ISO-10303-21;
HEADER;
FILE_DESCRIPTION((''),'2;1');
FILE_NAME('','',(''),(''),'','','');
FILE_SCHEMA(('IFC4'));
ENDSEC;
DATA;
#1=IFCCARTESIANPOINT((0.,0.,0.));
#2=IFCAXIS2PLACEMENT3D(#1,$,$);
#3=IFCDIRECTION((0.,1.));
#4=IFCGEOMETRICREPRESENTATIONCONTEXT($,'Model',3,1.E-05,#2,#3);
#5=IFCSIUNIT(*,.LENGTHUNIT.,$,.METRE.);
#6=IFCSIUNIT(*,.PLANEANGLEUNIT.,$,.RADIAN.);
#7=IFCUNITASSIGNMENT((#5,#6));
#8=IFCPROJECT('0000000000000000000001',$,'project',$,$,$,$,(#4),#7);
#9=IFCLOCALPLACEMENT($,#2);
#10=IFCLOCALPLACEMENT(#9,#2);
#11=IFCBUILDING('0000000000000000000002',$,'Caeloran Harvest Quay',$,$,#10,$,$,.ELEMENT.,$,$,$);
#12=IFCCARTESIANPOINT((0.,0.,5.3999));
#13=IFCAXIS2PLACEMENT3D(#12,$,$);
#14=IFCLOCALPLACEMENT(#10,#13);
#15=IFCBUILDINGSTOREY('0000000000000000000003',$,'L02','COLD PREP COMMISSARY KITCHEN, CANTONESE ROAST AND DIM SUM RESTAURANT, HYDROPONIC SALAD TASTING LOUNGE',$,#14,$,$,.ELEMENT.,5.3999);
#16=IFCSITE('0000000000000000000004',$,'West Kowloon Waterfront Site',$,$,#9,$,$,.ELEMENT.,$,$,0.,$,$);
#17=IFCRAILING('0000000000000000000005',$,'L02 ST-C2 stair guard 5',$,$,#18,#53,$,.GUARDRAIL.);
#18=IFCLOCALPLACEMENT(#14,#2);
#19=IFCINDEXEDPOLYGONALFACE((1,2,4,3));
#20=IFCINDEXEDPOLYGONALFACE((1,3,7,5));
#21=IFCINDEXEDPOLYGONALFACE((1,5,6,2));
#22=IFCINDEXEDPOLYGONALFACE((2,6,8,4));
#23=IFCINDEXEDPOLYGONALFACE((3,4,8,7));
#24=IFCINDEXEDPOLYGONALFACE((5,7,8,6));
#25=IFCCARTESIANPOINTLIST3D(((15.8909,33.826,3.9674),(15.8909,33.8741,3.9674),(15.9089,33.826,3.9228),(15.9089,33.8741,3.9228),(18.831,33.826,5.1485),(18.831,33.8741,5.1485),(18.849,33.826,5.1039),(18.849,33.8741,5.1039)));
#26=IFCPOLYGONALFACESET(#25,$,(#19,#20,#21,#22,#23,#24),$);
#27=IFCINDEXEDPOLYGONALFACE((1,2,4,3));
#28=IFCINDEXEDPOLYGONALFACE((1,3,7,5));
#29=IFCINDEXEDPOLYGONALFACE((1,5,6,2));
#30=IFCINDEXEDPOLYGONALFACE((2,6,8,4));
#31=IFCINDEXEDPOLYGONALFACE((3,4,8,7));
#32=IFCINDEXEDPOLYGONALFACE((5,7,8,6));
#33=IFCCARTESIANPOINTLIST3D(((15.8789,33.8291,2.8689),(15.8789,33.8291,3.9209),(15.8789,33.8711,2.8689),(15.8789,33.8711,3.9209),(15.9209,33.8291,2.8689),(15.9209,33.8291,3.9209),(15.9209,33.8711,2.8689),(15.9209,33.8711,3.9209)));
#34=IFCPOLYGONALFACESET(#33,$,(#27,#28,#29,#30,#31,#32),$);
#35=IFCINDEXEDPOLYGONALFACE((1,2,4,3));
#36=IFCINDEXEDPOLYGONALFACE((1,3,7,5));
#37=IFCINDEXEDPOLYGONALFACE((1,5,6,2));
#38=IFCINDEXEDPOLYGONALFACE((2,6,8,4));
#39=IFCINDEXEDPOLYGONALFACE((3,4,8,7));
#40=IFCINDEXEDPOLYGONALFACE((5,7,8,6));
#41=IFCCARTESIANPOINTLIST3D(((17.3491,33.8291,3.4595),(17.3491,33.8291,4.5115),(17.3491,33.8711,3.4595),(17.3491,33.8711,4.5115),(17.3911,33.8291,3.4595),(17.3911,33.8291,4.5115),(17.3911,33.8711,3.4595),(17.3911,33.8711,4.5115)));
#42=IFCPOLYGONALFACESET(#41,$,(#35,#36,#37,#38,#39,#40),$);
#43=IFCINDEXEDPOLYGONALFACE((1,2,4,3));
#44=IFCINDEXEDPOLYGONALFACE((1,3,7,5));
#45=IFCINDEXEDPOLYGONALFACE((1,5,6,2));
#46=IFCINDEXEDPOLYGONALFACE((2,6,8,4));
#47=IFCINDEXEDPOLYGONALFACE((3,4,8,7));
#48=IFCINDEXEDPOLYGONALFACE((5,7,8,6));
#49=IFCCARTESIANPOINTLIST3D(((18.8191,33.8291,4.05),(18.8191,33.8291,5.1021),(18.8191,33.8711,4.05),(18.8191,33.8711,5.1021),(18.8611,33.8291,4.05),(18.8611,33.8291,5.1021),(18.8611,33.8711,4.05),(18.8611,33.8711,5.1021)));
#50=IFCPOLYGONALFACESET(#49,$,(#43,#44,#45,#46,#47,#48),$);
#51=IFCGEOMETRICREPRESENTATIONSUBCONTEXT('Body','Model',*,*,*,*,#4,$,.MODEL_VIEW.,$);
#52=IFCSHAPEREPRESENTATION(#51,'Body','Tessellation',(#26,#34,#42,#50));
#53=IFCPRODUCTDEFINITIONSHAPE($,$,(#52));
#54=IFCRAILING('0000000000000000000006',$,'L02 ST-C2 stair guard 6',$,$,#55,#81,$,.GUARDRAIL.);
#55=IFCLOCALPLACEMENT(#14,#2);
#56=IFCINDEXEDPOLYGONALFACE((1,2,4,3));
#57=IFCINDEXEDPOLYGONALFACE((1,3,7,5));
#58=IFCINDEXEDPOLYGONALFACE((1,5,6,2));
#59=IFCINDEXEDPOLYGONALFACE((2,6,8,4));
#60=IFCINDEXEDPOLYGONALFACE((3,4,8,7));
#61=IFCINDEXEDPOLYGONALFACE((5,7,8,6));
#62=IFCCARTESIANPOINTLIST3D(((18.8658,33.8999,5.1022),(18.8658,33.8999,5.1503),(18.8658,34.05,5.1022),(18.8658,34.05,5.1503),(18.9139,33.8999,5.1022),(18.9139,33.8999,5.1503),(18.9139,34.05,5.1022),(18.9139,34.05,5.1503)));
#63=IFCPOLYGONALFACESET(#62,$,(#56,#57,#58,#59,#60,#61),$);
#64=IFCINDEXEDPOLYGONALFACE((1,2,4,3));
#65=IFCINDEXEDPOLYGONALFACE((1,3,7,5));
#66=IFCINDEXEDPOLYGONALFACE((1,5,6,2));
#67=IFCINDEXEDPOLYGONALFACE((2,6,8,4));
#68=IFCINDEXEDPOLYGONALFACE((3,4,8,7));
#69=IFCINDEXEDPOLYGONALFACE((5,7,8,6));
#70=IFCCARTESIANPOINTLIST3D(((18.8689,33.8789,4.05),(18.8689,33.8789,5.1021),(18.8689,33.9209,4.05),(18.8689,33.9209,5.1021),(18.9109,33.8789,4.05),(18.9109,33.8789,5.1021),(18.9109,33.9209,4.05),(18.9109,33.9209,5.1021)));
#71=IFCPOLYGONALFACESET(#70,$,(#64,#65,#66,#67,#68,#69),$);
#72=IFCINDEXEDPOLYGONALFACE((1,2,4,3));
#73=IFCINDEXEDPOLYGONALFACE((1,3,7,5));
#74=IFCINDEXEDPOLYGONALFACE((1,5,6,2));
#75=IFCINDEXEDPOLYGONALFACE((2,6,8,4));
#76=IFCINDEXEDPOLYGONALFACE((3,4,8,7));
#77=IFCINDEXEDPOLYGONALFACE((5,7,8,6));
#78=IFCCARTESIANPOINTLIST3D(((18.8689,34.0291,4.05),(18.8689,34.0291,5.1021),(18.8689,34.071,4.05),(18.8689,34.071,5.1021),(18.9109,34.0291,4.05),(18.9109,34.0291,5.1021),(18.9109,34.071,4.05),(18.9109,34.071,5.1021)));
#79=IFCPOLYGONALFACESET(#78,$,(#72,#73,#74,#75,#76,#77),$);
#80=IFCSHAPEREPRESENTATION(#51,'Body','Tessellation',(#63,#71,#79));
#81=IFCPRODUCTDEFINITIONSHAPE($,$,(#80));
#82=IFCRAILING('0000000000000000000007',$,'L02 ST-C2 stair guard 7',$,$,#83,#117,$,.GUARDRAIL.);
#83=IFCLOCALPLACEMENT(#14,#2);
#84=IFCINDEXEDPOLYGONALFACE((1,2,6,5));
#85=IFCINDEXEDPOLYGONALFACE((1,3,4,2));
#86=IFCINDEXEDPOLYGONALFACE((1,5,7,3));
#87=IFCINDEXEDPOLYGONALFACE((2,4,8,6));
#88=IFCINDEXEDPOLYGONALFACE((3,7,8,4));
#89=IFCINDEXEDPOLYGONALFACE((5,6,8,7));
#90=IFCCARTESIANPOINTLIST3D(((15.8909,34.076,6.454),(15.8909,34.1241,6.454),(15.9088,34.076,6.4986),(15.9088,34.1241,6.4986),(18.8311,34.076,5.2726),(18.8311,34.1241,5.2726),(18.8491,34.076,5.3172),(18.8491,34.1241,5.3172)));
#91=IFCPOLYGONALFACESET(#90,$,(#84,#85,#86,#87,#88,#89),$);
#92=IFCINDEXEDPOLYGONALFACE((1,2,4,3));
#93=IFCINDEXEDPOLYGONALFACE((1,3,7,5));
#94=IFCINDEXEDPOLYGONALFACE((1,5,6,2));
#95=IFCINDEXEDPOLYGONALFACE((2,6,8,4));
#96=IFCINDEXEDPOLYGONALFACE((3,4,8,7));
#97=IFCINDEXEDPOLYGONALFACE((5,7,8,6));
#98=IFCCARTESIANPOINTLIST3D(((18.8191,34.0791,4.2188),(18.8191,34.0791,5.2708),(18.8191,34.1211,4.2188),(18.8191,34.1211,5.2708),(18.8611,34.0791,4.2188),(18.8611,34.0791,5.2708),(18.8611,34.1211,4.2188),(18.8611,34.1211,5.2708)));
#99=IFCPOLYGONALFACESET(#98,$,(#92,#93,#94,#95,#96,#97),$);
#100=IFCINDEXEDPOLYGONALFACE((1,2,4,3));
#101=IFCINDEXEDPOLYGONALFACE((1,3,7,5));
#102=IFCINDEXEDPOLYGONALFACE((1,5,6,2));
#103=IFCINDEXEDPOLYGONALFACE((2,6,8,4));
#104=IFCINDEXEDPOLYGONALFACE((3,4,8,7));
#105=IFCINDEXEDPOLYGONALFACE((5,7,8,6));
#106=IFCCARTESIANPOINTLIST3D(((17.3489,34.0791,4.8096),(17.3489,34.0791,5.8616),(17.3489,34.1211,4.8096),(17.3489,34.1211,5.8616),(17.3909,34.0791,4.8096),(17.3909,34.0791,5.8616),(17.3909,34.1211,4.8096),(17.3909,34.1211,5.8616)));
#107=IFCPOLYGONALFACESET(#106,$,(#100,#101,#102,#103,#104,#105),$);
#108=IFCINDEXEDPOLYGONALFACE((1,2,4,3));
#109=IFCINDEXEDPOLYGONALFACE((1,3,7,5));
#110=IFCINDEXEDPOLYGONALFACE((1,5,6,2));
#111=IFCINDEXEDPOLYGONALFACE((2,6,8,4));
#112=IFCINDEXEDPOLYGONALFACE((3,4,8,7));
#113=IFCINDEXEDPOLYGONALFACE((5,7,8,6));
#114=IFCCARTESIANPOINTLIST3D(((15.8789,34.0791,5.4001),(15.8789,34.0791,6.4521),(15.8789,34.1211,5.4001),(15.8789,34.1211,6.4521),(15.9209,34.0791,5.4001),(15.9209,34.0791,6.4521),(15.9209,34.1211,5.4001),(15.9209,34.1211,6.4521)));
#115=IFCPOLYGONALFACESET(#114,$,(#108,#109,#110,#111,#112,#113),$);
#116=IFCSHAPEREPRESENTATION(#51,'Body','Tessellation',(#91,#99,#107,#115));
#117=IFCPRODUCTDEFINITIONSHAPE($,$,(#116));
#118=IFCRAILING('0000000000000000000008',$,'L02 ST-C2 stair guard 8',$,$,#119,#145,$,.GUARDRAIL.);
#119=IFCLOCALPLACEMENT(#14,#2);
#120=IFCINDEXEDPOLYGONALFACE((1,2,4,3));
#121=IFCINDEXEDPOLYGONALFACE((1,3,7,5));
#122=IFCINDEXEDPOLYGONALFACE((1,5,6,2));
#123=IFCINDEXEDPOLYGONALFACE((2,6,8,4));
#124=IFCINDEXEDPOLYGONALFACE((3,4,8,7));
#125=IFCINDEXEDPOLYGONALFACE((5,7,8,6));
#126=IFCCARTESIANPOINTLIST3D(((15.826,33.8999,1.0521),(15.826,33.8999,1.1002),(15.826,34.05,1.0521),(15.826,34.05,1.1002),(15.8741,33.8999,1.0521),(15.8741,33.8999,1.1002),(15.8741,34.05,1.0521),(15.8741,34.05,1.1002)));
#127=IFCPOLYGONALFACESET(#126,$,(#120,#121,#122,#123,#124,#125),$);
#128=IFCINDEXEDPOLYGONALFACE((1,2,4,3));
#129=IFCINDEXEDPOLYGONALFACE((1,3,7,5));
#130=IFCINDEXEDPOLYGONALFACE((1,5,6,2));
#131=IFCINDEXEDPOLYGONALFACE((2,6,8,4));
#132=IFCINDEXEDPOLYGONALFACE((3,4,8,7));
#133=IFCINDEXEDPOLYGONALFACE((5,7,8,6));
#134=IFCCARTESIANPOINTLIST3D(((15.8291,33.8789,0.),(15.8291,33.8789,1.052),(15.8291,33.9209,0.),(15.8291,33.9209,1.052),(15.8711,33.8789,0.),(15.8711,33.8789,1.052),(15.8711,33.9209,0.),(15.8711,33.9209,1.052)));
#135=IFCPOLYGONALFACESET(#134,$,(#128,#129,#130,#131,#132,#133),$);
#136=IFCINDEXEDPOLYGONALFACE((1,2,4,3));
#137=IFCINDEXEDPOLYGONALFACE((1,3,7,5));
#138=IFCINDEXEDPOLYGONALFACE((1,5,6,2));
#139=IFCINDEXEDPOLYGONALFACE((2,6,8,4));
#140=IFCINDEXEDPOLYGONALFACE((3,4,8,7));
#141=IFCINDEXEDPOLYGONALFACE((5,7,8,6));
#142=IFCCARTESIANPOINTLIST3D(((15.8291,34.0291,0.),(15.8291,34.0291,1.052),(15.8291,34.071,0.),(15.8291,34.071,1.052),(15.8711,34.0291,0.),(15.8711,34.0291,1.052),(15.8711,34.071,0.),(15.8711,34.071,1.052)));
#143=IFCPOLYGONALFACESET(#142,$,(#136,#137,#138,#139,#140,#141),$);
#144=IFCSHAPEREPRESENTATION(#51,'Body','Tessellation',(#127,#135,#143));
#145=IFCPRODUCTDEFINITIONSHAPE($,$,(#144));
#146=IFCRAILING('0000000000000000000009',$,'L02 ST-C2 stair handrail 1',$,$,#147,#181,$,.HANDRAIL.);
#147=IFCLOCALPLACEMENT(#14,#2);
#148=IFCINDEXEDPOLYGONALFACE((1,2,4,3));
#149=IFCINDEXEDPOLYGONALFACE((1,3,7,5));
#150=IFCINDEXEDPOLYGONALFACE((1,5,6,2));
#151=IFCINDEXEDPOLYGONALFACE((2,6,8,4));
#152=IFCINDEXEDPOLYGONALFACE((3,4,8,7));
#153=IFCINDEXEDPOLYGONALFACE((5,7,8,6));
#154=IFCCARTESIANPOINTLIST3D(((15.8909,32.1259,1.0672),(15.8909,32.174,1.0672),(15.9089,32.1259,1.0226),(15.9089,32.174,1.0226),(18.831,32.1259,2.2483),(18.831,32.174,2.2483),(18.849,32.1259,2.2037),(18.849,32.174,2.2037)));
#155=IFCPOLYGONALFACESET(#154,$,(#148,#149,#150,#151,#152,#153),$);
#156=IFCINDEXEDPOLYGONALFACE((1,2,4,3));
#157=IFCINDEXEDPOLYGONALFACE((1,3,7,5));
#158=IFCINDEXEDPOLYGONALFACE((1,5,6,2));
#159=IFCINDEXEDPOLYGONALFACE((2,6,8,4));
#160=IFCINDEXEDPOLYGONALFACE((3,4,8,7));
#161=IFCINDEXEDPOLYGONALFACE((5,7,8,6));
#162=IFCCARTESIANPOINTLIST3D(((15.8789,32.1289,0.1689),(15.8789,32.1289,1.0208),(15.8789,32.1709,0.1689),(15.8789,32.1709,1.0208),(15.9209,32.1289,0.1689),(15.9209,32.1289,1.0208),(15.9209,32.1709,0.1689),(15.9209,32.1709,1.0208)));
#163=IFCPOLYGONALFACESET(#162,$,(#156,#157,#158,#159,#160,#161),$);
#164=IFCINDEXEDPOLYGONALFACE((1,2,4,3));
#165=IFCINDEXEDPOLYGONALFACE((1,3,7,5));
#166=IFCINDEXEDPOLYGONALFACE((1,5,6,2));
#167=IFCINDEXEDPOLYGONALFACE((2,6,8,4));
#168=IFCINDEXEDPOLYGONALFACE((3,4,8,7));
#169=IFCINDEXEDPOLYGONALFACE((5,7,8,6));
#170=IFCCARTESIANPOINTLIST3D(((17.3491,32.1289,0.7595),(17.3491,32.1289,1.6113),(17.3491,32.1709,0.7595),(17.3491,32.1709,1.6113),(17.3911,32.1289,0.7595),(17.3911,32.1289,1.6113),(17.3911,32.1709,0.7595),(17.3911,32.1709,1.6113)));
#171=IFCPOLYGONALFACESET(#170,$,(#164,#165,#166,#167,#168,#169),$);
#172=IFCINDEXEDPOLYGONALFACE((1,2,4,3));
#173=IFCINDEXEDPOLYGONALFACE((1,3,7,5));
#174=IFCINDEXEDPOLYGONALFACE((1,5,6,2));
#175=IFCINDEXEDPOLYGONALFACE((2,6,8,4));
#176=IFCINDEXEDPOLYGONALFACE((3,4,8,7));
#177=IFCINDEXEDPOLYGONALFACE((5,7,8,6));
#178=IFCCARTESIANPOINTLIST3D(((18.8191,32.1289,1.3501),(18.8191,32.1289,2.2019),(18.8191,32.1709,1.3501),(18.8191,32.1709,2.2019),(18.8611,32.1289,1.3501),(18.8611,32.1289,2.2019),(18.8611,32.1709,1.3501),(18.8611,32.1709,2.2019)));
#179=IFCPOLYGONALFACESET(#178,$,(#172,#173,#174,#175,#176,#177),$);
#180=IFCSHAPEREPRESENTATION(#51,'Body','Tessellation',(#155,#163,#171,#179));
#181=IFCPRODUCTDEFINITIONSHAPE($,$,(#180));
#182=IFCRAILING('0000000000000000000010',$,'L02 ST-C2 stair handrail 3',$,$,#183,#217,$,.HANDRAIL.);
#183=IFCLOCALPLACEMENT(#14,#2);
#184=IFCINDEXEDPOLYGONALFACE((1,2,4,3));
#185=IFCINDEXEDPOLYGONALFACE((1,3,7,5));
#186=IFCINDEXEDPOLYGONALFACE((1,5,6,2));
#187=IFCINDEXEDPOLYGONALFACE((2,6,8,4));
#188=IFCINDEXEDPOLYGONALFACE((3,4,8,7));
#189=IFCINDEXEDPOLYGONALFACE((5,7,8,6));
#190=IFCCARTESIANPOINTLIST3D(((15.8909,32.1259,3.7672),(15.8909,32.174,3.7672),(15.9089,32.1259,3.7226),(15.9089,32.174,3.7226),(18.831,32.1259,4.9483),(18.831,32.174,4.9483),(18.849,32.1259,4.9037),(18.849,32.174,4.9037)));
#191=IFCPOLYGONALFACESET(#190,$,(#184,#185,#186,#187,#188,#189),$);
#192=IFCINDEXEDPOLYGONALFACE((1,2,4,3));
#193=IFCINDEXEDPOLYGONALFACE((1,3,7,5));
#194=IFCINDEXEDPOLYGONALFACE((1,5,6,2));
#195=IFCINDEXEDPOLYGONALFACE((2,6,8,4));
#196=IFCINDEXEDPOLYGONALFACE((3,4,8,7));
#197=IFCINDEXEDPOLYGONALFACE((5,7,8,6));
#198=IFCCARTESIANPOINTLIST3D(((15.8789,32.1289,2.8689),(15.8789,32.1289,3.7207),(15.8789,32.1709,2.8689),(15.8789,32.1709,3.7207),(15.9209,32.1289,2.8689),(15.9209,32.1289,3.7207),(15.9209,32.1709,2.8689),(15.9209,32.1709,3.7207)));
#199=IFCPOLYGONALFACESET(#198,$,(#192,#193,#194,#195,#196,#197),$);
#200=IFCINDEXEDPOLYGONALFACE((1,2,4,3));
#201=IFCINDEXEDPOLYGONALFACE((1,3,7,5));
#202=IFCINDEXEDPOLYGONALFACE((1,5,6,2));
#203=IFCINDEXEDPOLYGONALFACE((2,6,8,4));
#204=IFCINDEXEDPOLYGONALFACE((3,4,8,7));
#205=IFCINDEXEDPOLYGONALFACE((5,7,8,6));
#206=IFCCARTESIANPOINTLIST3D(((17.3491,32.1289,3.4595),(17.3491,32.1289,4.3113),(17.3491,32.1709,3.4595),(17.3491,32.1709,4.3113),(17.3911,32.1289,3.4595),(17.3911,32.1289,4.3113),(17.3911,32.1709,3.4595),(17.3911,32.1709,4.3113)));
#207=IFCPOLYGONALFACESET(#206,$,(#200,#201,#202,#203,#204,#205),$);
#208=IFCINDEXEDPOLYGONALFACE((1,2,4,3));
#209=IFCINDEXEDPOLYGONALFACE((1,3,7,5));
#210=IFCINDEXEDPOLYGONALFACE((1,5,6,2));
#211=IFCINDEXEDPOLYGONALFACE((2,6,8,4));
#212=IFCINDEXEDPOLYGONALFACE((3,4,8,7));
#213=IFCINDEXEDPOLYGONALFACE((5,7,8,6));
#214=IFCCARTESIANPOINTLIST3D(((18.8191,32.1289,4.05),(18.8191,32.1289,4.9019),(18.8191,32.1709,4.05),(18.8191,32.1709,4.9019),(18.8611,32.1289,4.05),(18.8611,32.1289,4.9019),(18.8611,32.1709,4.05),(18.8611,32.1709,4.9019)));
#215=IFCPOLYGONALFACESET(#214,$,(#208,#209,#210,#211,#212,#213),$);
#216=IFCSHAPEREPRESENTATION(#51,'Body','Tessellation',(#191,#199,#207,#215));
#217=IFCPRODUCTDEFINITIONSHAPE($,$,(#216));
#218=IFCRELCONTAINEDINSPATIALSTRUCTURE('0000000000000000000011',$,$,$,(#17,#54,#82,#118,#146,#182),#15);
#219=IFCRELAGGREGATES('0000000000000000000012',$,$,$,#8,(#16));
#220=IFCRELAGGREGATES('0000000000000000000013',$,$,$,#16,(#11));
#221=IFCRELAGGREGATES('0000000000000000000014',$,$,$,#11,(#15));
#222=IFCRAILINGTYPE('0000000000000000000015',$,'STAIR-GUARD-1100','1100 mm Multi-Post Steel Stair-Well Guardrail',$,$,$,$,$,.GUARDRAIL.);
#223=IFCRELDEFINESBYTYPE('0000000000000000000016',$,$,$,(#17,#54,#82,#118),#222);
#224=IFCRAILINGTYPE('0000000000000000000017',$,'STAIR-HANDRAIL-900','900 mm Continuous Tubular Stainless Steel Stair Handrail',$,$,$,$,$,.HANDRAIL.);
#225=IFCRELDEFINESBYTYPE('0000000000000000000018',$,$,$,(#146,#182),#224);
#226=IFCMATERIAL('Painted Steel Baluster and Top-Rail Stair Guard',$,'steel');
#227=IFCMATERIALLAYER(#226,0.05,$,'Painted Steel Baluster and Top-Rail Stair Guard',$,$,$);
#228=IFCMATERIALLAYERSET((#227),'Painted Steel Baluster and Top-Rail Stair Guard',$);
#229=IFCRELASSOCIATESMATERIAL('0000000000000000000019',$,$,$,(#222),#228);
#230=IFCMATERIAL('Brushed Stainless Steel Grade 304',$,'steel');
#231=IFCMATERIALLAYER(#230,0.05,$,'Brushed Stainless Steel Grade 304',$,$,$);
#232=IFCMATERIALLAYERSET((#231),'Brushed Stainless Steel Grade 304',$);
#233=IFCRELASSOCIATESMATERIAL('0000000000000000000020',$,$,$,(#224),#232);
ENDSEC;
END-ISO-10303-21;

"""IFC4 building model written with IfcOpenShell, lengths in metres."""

from ifc_helpers import new_model, si_unit, direction, frame, origin, origin_2d, place, context, subcontext, project, spatial, rectangle, extrude, material, layer, layer_set, type_object, element, save


model = new_model("IFC4")

# Units and contexts
model_context = context("Model", 3, precision=1e-05, world=origin(), true_north=direction((0.0, 1.0)))
body_context = subcontext(model_context, "Body", "Model", "MODEL_VIEW")
ifc_project = project(units=[si_unit("LENGTHUNIT", "METRE"), si_unit("PLANEANGLEUNIT", "RADIAN")], contexts=[model_context])

# Site, building, storey
site_placement = place(None, origin())
site = spatial("IfcSite", under=ifc_project, at=site_placement, Name="West Kowloon Waterfront Site", CompositionType="ELEMENT", RefElevation=0.0)
building_placement = place(site_placement, origin())
building = spatial("IfcBuilding", under=site, at=building_placement, Name="Caeloran Harvest Quay", CompositionType="ELEMENT")
storey_placement = place(building_placement, frame((0.0, 0.0, 5.3999)))
storey = spatial("IfcBuildingStorey", under=building, at=storey_placement, Name="L02", Description="COLD PREP COMMISSARY KITCHEN, CANTONESE ROAST AND DIM SUM RESTAURANT, HYDROPONIC SALAD TASTING LOUNGE", CompositionType="ELEMENT", Elevation=5.3999)

# Railings
ifc_material_1 = material(Name="Painted Steel Baluster and Top-Rail Stair Guard", Category="steel")
ifc_layer_1 = layer(ifc_material_1, 0.05, Name="Painted Steel Baluster and Top-Rail Stair Guard")
ifc_layer_set_1 = layer_set([ifc_layer_1], Name="Painted Steel Baluster and Top-Rail Stair Guard")
railing_type_1 = type_object("IfcRailingType", Name="STAIR-GUARD-1100", Description="1100 mm Multi-Post Steel Stair-Well Guardrail", PredefinedType="GUARDRAIL", material=ifc_layer_set_1)
railing_1_placement = place(storey_placement, frame((15.8999, 33.8501, 2.8689)))
element("IfcRailing", 1, at=railing_1_placement, inside=storey, type_object=railing_type_1, Name="L02 ST-C2 stair guard 5", PredefinedType="GUARDRAIL", context=body_context, shape_type="SweptSolid", body=[
    extrude(rectangle(XDim=0.0481, YDim=0.0481, at=origin_2d()), frame((0.0, 0.0, 1.0762), z_axis=(0.927923, 0.0, 0.372772), x_axis=(0.0, 1.0, 0.0)), (0.0, 0.0, 1.0), 3.1685),
    extrude(rectangle(XDim=0.042, YDim=0.042, at=origin_2d()), origin(), (0.0, 0.0, 1.0), 1.052),
    extrude(rectangle(XDim=0.042, YDim=0.042, at=origin_2d()), frame((1.4702, 0.0, 0.5906)), (0.0, 0.0, 1.0), 1.052),
    extrude(rectangle(XDim=0.042, YDim=0.042, at=origin_2d()), frame((2.9402, 0.0, 1.1812)), (0.0, 0.0, 1.0), 1.052),
])
railing_2_placement = place(storey_placement, frame((18.8899, 33.8999, 4.05)))
element("IfcRailing", 2, at=railing_2_placement, inside=storey, type_object=railing_type_1, Name="L02 ST-C2 stair guard 6", PredefinedType="GUARDRAIL", context=body_context, shape_type="SweptSolid", body=[
    extrude(rectangle(XDim=0.0481, YDim=0.0481, at=origin_2d()), frame((0.0, 0.0, 1.0762), z_axis=(0.0, 1.0, 0.0), x_axis=(-1.0, 0.0, 0.0)), (0.0, 0.0, 1.0), 0.1501),
    extrude(rectangle(XDim=0.042, YDim=0.042, at=origin_2d()), origin(), (0.0, 0.0, 1.0), 1.052),
    extrude(rectangle(XDim=0.042, YDim=0.042, at=origin_2d()), frame((0.0, 0.1501, 0.0)), (0.0, 0.0, 1.0), 1.052),
])
railing_3_placement = place(storey_placement, frame((18.8401, 34.1001, 4.2188)))
element("IfcRailing", 3, at=railing_3_placement, inside=storey, type_object=railing_type_1, Name="L02 ST-C2 stair guard 7", PredefinedType="GUARDRAIL", context=body_context, shape_type="SweptSolid", body=[
    extrude(rectangle(XDim=0.0481, YDim=0.0481, at=origin_2d()), frame((0.0, 0.0, 1.0762), z_axis=(-0.927896, 0.0, 0.372838), x_axis=(0.0, -1.0, 0.0)), (0.0, 0.0, 1.0), 3.1687),
    extrude(rectangle(XDim=0.042, YDim=0.042, at=origin_2d()), origin(), (0.0, 0.0, 1.0), 1.052),
    extrude(rectangle(XDim=0.042, YDim=0.042, at=origin_2d()), frame((-1.4702, 0.0, 0.5908)), (0.0, 0.0, 1.0), 1.052),
    extrude(rectangle(XDim=0.042, YDim=0.042, at=origin_2d()), frame((-2.9402, 0.0, 1.1814)), (0.0, 0.0, 1.0), 1.052),
])
railing_4_placement = place(storey_placement, frame((15.8501, 33.8999, 0.0)))
element("IfcRailing", 4, at=railing_4_placement, inside=storey, type_object=railing_type_1, Name="L02 ST-C2 stair guard 8", PredefinedType="GUARDRAIL", context=body_context, shape_type="SweptSolid", body=[
    extrude(rectangle(XDim=0.0481, YDim=0.0481, at=origin_2d()), frame((0.0, 0.0, 1.0762), z_axis=(0.0, 1.0, 0.0), x_axis=(-1.0, 0.0, 0.0)), (0.0, 0.0, 1.0), 0.1501),
    extrude(rectangle(XDim=0.042, YDim=0.042, at=origin_2d()), origin(), (0.0, 0.0, 1.0), 1.052),
    extrude(rectangle(XDim=0.042, YDim=0.042, at=origin_2d()), frame((0.0, 0.1501, 0.0)), (0.0, 0.0, 1.0), 1.052),
])
ifc_material_2 = material(Name="Brushed Stainless Steel Grade 304", Category="steel")
ifc_layer_2 = layer(ifc_material_2, 0.05, Name="Brushed Stainless Steel Grade 304")
ifc_layer_set_2 = layer_set([ifc_layer_2], Name="Brushed Stainless Steel Grade 304")
railing_type_2 = type_object("IfcRailingType", Name="STAIR-HANDRAIL-900", Description="900 mm Continuous Tubular Stainless Steel Stair Handrail", PredefinedType="HANDRAIL", material=ifc_layer_set_2)
for number, where, name in (
    (5, (15.8999, 32.1499, 0.1689), "L02 ST-C2 stair handrail 1"),
    (6, (15.8999, 32.1499, 2.8689), "L02 ST-C2 stair handrail 3"),
):
    element("IfcRailing", number, at=place(storey_placement, frame(where)), inside=storey, type_object=railing_type_2, Name=name, PredefinedType="HANDRAIL", context=body_context, shape_type="SweptSolid", body=[
        extrude(rectangle(XDim=0.0481, YDim=0.0481, at=origin_2d()), frame((0.0, 0.0, 0.876), z_axis=(0.927923, 0.0, 0.372772), x_axis=(0.0, 1.0, 0.0)), (0.0, 0.0, 1.0), 3.1685),
        extrude(rectangle(XDim=0.042, YDim=0.042, at=origin_2d()), origin(), (0.0, 0.0, 1.0), 0.8518),
        extrude(rectangle(XDim=0.042, YDim=0.042, at=origin_2d()), frame((1.4702, 0.0, 0.5906)), (0.0, 0.0, 1.0), 0.8518),
        extrude(rectangle(XDim=0.042, YDim=0.042, at=origin_2d()), frame((2.9402, 0.0, 1.1812)), (0.0, 0.0, 1.0), 0.8518),
    ])

save(model, "model.ifc")
